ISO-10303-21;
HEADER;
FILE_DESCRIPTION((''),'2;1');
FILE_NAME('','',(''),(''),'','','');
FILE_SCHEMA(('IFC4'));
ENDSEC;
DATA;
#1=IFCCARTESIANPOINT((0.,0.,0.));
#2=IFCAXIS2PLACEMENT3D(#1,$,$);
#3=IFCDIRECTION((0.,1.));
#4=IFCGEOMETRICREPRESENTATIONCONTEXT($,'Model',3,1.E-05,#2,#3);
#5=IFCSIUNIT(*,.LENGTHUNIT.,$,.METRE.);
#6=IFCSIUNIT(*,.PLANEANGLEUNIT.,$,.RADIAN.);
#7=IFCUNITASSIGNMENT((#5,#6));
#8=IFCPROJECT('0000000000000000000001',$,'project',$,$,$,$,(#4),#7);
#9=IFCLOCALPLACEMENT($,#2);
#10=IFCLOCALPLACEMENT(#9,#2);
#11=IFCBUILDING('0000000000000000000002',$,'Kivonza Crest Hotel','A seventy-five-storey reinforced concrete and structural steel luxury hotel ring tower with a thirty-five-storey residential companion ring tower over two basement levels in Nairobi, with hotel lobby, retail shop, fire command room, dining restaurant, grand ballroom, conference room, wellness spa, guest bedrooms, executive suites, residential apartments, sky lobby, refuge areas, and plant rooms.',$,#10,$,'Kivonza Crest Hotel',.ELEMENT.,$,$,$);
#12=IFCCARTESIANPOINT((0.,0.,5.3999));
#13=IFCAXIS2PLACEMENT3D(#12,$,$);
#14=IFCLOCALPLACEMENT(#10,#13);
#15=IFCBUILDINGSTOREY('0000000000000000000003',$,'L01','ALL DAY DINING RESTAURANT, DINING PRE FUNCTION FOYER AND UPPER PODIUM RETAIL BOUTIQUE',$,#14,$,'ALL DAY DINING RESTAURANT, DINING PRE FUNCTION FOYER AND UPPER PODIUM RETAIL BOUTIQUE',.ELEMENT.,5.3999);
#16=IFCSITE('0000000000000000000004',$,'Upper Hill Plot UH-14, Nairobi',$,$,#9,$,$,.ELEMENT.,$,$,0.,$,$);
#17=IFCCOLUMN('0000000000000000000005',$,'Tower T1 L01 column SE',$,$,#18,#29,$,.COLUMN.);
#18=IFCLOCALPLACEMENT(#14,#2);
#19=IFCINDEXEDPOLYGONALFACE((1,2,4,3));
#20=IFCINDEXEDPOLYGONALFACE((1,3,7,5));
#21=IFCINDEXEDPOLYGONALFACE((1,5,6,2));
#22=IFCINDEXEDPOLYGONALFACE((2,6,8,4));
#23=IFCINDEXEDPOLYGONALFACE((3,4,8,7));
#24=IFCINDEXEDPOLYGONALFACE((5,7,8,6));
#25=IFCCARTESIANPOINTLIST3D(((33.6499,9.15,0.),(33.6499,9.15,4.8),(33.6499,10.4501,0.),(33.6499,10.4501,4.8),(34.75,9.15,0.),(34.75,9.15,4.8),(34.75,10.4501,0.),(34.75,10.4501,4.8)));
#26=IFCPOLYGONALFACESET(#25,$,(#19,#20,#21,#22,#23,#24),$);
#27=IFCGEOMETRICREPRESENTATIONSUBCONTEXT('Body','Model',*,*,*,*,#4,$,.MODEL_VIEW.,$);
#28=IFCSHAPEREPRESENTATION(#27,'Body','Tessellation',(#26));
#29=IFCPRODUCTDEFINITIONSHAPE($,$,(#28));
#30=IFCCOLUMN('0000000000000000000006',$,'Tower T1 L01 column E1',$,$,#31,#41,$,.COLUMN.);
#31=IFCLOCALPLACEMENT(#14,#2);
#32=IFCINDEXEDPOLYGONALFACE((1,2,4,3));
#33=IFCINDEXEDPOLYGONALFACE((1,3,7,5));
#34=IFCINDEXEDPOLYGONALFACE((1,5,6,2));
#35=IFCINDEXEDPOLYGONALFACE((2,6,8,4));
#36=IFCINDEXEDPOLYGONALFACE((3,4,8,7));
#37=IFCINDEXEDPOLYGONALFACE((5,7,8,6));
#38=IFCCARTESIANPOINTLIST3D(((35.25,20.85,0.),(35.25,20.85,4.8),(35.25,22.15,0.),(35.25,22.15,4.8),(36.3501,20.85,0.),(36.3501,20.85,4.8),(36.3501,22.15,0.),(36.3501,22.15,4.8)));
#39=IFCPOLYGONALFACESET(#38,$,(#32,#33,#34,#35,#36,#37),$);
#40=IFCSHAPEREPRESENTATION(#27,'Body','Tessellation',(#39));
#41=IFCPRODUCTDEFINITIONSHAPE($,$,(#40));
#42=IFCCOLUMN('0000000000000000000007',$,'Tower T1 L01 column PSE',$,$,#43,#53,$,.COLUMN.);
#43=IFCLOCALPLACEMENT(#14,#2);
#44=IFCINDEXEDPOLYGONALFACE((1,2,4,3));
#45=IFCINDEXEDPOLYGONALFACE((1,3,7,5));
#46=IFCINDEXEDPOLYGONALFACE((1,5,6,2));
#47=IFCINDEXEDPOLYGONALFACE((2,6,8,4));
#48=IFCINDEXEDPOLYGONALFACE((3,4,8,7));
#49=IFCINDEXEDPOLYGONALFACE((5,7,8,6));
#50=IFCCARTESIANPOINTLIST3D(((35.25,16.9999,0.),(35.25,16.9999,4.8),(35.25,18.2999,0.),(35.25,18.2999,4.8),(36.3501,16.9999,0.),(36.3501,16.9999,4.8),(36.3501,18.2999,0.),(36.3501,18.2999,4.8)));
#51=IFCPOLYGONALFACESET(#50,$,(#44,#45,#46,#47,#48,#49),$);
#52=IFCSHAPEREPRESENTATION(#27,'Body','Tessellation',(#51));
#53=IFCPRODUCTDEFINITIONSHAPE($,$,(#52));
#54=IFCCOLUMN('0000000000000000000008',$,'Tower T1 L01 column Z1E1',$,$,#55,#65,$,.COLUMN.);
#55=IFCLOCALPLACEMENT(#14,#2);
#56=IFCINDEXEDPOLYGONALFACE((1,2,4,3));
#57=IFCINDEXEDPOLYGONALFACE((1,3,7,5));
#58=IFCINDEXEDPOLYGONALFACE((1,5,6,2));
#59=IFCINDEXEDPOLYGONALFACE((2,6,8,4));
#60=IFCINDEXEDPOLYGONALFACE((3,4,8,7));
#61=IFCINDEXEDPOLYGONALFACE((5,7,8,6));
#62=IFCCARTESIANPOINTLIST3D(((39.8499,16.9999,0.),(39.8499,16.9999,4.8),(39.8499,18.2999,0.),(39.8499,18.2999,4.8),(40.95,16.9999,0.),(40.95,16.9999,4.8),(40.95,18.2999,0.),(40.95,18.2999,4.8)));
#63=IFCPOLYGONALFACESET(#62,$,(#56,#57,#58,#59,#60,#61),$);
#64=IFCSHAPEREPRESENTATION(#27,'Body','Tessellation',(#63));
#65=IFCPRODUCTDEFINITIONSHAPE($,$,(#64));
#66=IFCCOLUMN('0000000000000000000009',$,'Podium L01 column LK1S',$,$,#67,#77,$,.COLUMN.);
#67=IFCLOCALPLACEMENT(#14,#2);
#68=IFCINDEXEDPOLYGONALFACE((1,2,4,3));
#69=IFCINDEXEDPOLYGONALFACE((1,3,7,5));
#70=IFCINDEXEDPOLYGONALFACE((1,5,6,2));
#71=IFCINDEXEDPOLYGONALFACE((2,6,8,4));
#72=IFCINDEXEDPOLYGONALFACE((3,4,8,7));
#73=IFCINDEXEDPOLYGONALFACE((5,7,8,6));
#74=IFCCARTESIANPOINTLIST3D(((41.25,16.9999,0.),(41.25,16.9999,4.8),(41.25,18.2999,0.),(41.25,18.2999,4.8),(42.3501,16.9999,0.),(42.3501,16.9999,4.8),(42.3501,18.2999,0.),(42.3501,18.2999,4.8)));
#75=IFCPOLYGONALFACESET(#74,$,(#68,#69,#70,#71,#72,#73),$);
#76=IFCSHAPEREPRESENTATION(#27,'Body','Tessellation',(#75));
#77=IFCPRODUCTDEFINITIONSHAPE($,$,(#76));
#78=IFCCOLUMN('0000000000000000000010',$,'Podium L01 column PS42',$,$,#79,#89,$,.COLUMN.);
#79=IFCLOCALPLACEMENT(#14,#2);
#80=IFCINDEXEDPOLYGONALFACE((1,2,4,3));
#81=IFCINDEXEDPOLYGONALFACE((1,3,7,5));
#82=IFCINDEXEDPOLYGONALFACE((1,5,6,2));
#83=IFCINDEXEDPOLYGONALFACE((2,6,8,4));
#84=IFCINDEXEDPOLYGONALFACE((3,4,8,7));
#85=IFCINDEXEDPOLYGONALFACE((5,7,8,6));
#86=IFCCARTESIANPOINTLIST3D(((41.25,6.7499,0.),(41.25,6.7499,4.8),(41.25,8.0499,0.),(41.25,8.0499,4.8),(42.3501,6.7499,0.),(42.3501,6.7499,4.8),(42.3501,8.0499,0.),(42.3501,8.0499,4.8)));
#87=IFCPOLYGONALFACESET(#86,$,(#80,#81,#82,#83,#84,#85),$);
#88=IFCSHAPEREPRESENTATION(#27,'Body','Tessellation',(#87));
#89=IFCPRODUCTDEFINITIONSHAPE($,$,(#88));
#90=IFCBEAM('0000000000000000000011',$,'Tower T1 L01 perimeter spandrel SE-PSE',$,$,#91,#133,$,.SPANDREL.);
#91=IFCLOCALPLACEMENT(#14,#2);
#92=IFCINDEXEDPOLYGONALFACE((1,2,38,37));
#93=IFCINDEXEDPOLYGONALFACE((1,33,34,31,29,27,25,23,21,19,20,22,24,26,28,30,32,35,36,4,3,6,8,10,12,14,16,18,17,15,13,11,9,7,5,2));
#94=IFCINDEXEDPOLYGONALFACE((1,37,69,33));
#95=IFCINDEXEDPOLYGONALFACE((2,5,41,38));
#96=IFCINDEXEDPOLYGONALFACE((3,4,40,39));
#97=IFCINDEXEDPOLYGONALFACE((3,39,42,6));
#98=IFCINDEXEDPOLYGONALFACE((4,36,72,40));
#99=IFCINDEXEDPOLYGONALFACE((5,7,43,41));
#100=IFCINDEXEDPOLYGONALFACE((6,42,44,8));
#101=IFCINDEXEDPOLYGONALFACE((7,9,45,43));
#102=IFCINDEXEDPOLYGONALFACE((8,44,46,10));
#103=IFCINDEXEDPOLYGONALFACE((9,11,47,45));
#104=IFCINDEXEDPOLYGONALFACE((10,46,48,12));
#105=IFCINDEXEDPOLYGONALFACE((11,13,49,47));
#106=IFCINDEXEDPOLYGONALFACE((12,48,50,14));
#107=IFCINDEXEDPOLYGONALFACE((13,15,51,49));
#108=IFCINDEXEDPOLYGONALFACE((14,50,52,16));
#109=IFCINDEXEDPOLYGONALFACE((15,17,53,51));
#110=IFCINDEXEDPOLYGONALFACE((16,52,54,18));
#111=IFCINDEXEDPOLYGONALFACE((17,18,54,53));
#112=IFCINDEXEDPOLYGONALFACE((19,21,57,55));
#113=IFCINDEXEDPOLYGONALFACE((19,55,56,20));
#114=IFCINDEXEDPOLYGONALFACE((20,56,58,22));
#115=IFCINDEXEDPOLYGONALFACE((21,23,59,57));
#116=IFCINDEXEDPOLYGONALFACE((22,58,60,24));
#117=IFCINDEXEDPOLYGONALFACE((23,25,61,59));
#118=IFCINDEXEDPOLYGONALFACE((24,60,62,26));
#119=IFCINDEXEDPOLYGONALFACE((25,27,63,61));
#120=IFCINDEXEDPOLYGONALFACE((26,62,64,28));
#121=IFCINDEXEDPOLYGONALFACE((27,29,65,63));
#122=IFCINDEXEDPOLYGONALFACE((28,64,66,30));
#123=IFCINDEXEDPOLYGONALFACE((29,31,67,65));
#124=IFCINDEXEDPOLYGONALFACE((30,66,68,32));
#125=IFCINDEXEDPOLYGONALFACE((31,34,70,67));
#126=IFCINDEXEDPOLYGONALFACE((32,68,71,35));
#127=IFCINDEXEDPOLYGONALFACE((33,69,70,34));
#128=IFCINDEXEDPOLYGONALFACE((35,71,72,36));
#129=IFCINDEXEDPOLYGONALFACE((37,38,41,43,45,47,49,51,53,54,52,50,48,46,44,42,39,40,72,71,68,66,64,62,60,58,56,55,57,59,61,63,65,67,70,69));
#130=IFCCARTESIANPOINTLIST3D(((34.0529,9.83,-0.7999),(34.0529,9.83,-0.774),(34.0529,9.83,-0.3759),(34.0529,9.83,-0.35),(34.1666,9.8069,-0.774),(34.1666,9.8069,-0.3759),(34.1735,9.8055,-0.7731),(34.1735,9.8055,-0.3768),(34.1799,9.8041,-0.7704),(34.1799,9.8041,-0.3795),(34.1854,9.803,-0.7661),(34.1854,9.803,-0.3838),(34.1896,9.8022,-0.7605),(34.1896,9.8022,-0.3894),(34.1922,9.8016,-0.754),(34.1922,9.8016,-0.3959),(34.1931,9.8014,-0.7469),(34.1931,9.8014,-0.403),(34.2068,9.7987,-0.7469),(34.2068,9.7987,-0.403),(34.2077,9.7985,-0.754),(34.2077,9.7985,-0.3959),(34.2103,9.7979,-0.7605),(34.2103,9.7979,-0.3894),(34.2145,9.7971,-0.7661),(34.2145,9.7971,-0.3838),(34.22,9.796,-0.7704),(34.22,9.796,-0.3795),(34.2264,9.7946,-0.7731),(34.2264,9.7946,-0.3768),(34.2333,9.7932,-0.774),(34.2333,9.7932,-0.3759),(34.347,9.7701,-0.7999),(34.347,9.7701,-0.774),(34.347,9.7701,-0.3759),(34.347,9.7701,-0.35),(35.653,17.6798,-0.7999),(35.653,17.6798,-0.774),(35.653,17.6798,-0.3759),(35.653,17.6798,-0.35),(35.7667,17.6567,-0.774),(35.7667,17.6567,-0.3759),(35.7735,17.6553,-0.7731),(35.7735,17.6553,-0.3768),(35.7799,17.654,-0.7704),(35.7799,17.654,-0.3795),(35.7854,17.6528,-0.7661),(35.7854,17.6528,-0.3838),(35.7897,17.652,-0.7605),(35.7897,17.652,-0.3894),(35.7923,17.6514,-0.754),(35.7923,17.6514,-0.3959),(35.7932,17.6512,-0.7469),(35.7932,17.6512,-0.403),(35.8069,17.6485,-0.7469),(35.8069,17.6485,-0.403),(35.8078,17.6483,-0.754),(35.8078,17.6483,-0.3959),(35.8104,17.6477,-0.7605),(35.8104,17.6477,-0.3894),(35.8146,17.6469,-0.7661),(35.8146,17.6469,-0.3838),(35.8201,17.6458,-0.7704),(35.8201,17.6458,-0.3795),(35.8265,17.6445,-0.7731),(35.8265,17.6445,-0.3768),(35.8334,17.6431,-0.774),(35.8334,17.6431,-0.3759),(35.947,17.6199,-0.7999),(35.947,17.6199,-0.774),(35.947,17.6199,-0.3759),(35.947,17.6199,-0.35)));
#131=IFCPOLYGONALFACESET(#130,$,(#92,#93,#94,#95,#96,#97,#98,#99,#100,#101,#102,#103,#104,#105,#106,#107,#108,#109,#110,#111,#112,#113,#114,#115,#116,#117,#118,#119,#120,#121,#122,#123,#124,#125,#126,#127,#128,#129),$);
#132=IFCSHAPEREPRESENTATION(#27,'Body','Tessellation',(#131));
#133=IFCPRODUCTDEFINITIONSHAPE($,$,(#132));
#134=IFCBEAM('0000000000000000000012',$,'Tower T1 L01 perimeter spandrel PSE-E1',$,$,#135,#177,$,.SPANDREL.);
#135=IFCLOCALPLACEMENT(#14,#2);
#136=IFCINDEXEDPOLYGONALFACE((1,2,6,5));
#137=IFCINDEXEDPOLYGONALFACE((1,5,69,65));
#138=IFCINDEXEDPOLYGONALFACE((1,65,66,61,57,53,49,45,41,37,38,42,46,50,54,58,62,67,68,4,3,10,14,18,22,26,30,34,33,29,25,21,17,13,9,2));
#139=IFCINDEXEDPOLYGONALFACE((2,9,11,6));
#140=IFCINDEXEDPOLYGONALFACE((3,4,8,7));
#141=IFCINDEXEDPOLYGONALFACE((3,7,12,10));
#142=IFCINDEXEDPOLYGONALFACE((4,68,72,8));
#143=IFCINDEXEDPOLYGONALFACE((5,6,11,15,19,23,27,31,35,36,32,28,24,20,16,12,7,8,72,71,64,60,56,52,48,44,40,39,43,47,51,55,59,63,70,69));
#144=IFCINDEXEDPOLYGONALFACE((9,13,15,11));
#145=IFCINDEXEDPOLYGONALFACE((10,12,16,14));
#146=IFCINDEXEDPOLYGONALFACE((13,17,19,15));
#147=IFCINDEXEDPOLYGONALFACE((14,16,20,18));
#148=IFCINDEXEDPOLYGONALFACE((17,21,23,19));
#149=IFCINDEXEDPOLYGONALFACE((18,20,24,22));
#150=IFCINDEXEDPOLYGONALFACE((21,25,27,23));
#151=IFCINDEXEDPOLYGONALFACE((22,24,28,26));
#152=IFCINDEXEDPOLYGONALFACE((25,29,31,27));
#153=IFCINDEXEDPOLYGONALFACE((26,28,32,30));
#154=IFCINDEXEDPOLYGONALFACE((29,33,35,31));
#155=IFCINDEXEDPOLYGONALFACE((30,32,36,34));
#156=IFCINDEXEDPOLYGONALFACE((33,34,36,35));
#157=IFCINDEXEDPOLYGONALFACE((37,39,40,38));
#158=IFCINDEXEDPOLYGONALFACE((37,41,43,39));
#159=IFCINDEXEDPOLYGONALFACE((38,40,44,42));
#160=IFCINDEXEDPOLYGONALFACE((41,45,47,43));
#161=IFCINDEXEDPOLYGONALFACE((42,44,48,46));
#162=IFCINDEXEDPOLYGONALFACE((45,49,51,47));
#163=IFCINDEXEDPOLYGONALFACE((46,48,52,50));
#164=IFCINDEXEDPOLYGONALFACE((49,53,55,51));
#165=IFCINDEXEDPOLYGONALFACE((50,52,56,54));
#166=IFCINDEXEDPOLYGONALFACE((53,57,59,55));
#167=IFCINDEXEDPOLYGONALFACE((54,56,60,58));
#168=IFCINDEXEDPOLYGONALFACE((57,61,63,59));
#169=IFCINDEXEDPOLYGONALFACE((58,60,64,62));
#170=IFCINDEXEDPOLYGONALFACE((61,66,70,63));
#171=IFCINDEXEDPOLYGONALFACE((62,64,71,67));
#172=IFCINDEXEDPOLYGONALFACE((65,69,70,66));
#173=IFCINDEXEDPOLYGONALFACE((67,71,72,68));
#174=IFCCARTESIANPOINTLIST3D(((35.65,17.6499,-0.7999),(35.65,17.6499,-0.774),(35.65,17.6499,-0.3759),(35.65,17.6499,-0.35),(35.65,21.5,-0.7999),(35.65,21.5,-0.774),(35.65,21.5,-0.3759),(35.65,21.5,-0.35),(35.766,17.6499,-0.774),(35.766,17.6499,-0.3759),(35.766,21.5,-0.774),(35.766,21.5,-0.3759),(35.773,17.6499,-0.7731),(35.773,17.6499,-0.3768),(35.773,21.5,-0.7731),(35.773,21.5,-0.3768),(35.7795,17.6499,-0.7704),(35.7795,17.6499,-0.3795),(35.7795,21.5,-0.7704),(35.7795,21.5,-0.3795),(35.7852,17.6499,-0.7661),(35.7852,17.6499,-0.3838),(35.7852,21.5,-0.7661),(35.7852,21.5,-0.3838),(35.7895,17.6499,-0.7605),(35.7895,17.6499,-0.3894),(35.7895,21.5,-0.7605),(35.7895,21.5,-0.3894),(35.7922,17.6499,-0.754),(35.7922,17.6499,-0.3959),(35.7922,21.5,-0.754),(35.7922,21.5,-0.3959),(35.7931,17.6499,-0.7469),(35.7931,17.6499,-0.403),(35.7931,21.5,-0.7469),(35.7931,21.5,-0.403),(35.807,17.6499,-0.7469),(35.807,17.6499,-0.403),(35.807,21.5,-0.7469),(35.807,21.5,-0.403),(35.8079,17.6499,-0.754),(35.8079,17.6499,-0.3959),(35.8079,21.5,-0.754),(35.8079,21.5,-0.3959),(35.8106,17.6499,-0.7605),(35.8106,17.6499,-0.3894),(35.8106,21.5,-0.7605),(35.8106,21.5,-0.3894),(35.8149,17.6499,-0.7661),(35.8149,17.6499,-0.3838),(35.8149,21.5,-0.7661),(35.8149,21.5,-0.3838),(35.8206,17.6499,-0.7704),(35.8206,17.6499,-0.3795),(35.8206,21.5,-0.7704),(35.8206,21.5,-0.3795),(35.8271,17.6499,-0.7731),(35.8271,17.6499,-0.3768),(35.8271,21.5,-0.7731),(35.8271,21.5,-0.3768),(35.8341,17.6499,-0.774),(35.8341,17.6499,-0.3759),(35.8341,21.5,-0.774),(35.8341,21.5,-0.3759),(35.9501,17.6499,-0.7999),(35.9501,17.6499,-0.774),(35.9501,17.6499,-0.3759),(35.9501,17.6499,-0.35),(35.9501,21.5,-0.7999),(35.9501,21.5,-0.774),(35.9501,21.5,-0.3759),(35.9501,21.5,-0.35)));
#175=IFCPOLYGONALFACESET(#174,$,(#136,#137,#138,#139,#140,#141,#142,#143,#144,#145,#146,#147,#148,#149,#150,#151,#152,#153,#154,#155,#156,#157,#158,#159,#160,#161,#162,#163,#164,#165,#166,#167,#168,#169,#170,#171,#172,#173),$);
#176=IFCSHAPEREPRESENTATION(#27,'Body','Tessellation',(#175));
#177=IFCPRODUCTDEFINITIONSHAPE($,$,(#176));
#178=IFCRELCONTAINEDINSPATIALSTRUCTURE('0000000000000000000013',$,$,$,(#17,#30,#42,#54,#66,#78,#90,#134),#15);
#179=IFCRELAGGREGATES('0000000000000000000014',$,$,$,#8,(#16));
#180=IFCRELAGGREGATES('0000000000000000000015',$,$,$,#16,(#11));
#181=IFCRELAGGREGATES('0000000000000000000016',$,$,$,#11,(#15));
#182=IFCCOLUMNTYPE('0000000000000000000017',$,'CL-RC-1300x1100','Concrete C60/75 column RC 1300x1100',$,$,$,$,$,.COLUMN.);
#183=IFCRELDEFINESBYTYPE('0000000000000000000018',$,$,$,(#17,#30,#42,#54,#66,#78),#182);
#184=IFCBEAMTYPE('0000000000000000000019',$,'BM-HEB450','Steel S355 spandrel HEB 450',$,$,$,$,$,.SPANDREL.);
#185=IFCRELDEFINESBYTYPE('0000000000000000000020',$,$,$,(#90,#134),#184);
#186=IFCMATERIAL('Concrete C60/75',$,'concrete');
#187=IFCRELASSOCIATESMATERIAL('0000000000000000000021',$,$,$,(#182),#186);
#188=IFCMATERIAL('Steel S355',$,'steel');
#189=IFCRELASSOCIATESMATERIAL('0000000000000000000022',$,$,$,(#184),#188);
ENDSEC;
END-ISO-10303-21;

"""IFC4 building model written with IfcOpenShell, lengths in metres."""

from ifc_helpers import new_model, si_unit, direction, frame, origin, origin_2d, place, context, subcontext, project, spatial, rectangle, i_section, extrude, material, material_profile, profile_set, type_object, element, save


model = new_model("IFC4")

# Units and contexts
model_context = context("Model", 3, precision=1e-05, world=origin(), true_north=direction((0.0, 1.0)))
body_context = subcontext(model_context, "Body", "Model", "MODEL_VIEW")
ifc_project = project(units=[si_unit("LENGTHUNIT", "METRE"), si_unit("PLANEANGLEUNIT", "RADIAN")], contexts=[model_context])

# Site, building, storey
site_placement = place(None, origin())
site = spatial("IfcSite", under=ifc_project, at=site_placement, Name="Upper Hill Plot UH-14, Nairobi", CompositionType="ELEMENT", RefElevation=0.0)
building_placement = place(site_placement, origin())
building = spatial("IfcBuilding", under=site, at=building_placement, Name="Kivonza Crest Hotel", Description="A seventy-five-storey reinforced concrete and structural steel luxury hotel ring tower with a thirty-five-storey residential companion ring tower over two basement levels in Nairobi, with hotel lobby, retail shop, fire command room, dining restaurant, grand ballroom, conference room, wellness spa, guest bedrooms, executive suites, residential apartments, sky lobby, refuge areas, and plant rooms.", LongName="Kivonza Crest Hotel", CompositionType="ELEMENT")
storey_placement = place(building_placement, frame((0.0, 0.0, 5.3999)))
storey = spatial("IfcBuildingStorey", under=building, at=storey_placement, Name="L01", Description="ALL DAY DINING RESTAURANT, DINING PRE FUNCTION FOYER AND UPPER PODIUM RETAIL BOUTIQUE", LongName="ALL DAY DINING RESTAURANT, DINING PRE FUNCTION FOYER AND UPPER PODIUM RETAIL BOUTIQUE", CompositionType="ELEMENT", Elevation=5.3999)

# Columns
ifc_material_1 = material(Name="Concrete C60/75", Category="concrete")
ifc_material_profile_1 = material_profile(ifc_material_1, rectangle(XDim=1.1001, YDim=1.3, at=origin_2d()), Name="RC 1300x1100")
ifc_profile_set_1 = profile_set([ifc_material_profile_1], Name="Concrete C60/75")
column_type = type_object("IfcColumnType", Name="CL-RC-1300x1100", Description="Concrete C60/75 column RC 1300x1100", PredefinedType="COLUMN", material=ifc_profile_set_1)
for number, where, z_axis, x_axis, name in (
    (1, (34.2, 9.8, 0.0), (0.0, 0.0, 1.0), (1.0, 0.0, 0.0), "Tower T1 L01 column SE"),
    (2, (35.8, 21.5, 0.0), (0.0, 0.0, 1.0), (1.0, 0.0, 0.0), "Tower T1 L01 column E1"),
    (3, (35.8, 17.6499, 0.0), (0.0, 0.0, 1.0), (1.0, 0.0, 0.0), "Tower T1 L01 column PSE"),
    (4, (40.3999, 17.6499, 0.0), (0.0, 0.0, 1.0), (1.0, 0.0, 0.0), "Tower T1 L01 column Z1E1"),
    (5, (41.8, 17.6499, 0.0), (0.0, 0.0, 1.0), (1.0, 0.0, 0.0), "Podium L01 column LK1S"),
    (6, (41.8, 7.3999, 0.0), (0.0, 0.0, 1.0), (1.0, 0.0, 0.0), "Podium L01 column PS42"),
):
    element("IfcColumn", number, at=place(storey_placement, frame(where, z_axis=z_axis, x_axis=x_axis)), inside=storey, type_object=column_type, Name=name, PredefinedType="COLUMN", context=body_context, shape_type="SweptSolid", body=[
        extrude(rectangle(XDim=1.1001, YDim=1.3, at=origin_2d()), origin(), (0.0, 0.0, 1.0), 4.8),
    ])

# Beams
ifc_material_2 = material(Name="Steel S355", Category="steel")
ifc_material_profile_2 = material_profile(ifc_material_2, i_section(OverallWidth=0.3, OverallDepth=0.45, WebThickness=0.0139, FlangeThickness=0.0259, FilletRadius=0.0271, at=origin_2d()), Name="HEB 450")
ifc_profile_set_2 = profile_set([ifc_material_profile_2], Name="Steel S355")
beam_type_1 = type_object("IfcBeamType", Name="BM-HEB450", Description="Steel S355 spandrel HEB 450", PredefinedType="SPANDREL", material=ifc_profile_set_2)
beam_1_placement = place(storey_placement, frame((34.2, 9.8, -0.575), z_axis=(0.199731, 0.979851, 0.0), x_axis=(-0.979851, 0.199731, 0.0)))
element("IfcBeam", 7, at=beam_1_placement, inside=storey, type_object=beam_type_1, Name="Tower T1 L01 perimeter spandrel SE-PSE", PredefinedType="SPANDREL", context=body_context, shape_type="SweptSolid", body=[
    extrude(i_section(OverallWidth=0.3, OverallDepth=0.45, WebThickness=0.0139, FlangeThickness=0.0259, FilletRadius=0.0271, at=origin_2d()), origin(), (0.0, 0.0, 1.0), 8.0112),
])
beam_2_placement = place(storey_placement, frame((35.8, 17.6499, -0.575), z_axis=(0.0, 1.0, 0.0), x_axis=(-1.0, 0.0, 0.0)))
element("IfcBeam", 8, at=beam_2_placement, inside=storey, type_object=beam_type_1, Name="Tower T1 L01 perimeter spandrel PSE-E1", PredefinedType="SPANDREL", context=body_context, shape_type="SweptSolid", body=[
    extrude(i_section(OverallWidth=0.3, OverallDepth=0.45, WebThickness=0.0139, FlangeThickness=0.0259, FilletRadius=0.0271, at=origin_2d()), origin(), (0.0, 0.0, 1.0), 3.8501),
])

save(model, "model.ifc")
